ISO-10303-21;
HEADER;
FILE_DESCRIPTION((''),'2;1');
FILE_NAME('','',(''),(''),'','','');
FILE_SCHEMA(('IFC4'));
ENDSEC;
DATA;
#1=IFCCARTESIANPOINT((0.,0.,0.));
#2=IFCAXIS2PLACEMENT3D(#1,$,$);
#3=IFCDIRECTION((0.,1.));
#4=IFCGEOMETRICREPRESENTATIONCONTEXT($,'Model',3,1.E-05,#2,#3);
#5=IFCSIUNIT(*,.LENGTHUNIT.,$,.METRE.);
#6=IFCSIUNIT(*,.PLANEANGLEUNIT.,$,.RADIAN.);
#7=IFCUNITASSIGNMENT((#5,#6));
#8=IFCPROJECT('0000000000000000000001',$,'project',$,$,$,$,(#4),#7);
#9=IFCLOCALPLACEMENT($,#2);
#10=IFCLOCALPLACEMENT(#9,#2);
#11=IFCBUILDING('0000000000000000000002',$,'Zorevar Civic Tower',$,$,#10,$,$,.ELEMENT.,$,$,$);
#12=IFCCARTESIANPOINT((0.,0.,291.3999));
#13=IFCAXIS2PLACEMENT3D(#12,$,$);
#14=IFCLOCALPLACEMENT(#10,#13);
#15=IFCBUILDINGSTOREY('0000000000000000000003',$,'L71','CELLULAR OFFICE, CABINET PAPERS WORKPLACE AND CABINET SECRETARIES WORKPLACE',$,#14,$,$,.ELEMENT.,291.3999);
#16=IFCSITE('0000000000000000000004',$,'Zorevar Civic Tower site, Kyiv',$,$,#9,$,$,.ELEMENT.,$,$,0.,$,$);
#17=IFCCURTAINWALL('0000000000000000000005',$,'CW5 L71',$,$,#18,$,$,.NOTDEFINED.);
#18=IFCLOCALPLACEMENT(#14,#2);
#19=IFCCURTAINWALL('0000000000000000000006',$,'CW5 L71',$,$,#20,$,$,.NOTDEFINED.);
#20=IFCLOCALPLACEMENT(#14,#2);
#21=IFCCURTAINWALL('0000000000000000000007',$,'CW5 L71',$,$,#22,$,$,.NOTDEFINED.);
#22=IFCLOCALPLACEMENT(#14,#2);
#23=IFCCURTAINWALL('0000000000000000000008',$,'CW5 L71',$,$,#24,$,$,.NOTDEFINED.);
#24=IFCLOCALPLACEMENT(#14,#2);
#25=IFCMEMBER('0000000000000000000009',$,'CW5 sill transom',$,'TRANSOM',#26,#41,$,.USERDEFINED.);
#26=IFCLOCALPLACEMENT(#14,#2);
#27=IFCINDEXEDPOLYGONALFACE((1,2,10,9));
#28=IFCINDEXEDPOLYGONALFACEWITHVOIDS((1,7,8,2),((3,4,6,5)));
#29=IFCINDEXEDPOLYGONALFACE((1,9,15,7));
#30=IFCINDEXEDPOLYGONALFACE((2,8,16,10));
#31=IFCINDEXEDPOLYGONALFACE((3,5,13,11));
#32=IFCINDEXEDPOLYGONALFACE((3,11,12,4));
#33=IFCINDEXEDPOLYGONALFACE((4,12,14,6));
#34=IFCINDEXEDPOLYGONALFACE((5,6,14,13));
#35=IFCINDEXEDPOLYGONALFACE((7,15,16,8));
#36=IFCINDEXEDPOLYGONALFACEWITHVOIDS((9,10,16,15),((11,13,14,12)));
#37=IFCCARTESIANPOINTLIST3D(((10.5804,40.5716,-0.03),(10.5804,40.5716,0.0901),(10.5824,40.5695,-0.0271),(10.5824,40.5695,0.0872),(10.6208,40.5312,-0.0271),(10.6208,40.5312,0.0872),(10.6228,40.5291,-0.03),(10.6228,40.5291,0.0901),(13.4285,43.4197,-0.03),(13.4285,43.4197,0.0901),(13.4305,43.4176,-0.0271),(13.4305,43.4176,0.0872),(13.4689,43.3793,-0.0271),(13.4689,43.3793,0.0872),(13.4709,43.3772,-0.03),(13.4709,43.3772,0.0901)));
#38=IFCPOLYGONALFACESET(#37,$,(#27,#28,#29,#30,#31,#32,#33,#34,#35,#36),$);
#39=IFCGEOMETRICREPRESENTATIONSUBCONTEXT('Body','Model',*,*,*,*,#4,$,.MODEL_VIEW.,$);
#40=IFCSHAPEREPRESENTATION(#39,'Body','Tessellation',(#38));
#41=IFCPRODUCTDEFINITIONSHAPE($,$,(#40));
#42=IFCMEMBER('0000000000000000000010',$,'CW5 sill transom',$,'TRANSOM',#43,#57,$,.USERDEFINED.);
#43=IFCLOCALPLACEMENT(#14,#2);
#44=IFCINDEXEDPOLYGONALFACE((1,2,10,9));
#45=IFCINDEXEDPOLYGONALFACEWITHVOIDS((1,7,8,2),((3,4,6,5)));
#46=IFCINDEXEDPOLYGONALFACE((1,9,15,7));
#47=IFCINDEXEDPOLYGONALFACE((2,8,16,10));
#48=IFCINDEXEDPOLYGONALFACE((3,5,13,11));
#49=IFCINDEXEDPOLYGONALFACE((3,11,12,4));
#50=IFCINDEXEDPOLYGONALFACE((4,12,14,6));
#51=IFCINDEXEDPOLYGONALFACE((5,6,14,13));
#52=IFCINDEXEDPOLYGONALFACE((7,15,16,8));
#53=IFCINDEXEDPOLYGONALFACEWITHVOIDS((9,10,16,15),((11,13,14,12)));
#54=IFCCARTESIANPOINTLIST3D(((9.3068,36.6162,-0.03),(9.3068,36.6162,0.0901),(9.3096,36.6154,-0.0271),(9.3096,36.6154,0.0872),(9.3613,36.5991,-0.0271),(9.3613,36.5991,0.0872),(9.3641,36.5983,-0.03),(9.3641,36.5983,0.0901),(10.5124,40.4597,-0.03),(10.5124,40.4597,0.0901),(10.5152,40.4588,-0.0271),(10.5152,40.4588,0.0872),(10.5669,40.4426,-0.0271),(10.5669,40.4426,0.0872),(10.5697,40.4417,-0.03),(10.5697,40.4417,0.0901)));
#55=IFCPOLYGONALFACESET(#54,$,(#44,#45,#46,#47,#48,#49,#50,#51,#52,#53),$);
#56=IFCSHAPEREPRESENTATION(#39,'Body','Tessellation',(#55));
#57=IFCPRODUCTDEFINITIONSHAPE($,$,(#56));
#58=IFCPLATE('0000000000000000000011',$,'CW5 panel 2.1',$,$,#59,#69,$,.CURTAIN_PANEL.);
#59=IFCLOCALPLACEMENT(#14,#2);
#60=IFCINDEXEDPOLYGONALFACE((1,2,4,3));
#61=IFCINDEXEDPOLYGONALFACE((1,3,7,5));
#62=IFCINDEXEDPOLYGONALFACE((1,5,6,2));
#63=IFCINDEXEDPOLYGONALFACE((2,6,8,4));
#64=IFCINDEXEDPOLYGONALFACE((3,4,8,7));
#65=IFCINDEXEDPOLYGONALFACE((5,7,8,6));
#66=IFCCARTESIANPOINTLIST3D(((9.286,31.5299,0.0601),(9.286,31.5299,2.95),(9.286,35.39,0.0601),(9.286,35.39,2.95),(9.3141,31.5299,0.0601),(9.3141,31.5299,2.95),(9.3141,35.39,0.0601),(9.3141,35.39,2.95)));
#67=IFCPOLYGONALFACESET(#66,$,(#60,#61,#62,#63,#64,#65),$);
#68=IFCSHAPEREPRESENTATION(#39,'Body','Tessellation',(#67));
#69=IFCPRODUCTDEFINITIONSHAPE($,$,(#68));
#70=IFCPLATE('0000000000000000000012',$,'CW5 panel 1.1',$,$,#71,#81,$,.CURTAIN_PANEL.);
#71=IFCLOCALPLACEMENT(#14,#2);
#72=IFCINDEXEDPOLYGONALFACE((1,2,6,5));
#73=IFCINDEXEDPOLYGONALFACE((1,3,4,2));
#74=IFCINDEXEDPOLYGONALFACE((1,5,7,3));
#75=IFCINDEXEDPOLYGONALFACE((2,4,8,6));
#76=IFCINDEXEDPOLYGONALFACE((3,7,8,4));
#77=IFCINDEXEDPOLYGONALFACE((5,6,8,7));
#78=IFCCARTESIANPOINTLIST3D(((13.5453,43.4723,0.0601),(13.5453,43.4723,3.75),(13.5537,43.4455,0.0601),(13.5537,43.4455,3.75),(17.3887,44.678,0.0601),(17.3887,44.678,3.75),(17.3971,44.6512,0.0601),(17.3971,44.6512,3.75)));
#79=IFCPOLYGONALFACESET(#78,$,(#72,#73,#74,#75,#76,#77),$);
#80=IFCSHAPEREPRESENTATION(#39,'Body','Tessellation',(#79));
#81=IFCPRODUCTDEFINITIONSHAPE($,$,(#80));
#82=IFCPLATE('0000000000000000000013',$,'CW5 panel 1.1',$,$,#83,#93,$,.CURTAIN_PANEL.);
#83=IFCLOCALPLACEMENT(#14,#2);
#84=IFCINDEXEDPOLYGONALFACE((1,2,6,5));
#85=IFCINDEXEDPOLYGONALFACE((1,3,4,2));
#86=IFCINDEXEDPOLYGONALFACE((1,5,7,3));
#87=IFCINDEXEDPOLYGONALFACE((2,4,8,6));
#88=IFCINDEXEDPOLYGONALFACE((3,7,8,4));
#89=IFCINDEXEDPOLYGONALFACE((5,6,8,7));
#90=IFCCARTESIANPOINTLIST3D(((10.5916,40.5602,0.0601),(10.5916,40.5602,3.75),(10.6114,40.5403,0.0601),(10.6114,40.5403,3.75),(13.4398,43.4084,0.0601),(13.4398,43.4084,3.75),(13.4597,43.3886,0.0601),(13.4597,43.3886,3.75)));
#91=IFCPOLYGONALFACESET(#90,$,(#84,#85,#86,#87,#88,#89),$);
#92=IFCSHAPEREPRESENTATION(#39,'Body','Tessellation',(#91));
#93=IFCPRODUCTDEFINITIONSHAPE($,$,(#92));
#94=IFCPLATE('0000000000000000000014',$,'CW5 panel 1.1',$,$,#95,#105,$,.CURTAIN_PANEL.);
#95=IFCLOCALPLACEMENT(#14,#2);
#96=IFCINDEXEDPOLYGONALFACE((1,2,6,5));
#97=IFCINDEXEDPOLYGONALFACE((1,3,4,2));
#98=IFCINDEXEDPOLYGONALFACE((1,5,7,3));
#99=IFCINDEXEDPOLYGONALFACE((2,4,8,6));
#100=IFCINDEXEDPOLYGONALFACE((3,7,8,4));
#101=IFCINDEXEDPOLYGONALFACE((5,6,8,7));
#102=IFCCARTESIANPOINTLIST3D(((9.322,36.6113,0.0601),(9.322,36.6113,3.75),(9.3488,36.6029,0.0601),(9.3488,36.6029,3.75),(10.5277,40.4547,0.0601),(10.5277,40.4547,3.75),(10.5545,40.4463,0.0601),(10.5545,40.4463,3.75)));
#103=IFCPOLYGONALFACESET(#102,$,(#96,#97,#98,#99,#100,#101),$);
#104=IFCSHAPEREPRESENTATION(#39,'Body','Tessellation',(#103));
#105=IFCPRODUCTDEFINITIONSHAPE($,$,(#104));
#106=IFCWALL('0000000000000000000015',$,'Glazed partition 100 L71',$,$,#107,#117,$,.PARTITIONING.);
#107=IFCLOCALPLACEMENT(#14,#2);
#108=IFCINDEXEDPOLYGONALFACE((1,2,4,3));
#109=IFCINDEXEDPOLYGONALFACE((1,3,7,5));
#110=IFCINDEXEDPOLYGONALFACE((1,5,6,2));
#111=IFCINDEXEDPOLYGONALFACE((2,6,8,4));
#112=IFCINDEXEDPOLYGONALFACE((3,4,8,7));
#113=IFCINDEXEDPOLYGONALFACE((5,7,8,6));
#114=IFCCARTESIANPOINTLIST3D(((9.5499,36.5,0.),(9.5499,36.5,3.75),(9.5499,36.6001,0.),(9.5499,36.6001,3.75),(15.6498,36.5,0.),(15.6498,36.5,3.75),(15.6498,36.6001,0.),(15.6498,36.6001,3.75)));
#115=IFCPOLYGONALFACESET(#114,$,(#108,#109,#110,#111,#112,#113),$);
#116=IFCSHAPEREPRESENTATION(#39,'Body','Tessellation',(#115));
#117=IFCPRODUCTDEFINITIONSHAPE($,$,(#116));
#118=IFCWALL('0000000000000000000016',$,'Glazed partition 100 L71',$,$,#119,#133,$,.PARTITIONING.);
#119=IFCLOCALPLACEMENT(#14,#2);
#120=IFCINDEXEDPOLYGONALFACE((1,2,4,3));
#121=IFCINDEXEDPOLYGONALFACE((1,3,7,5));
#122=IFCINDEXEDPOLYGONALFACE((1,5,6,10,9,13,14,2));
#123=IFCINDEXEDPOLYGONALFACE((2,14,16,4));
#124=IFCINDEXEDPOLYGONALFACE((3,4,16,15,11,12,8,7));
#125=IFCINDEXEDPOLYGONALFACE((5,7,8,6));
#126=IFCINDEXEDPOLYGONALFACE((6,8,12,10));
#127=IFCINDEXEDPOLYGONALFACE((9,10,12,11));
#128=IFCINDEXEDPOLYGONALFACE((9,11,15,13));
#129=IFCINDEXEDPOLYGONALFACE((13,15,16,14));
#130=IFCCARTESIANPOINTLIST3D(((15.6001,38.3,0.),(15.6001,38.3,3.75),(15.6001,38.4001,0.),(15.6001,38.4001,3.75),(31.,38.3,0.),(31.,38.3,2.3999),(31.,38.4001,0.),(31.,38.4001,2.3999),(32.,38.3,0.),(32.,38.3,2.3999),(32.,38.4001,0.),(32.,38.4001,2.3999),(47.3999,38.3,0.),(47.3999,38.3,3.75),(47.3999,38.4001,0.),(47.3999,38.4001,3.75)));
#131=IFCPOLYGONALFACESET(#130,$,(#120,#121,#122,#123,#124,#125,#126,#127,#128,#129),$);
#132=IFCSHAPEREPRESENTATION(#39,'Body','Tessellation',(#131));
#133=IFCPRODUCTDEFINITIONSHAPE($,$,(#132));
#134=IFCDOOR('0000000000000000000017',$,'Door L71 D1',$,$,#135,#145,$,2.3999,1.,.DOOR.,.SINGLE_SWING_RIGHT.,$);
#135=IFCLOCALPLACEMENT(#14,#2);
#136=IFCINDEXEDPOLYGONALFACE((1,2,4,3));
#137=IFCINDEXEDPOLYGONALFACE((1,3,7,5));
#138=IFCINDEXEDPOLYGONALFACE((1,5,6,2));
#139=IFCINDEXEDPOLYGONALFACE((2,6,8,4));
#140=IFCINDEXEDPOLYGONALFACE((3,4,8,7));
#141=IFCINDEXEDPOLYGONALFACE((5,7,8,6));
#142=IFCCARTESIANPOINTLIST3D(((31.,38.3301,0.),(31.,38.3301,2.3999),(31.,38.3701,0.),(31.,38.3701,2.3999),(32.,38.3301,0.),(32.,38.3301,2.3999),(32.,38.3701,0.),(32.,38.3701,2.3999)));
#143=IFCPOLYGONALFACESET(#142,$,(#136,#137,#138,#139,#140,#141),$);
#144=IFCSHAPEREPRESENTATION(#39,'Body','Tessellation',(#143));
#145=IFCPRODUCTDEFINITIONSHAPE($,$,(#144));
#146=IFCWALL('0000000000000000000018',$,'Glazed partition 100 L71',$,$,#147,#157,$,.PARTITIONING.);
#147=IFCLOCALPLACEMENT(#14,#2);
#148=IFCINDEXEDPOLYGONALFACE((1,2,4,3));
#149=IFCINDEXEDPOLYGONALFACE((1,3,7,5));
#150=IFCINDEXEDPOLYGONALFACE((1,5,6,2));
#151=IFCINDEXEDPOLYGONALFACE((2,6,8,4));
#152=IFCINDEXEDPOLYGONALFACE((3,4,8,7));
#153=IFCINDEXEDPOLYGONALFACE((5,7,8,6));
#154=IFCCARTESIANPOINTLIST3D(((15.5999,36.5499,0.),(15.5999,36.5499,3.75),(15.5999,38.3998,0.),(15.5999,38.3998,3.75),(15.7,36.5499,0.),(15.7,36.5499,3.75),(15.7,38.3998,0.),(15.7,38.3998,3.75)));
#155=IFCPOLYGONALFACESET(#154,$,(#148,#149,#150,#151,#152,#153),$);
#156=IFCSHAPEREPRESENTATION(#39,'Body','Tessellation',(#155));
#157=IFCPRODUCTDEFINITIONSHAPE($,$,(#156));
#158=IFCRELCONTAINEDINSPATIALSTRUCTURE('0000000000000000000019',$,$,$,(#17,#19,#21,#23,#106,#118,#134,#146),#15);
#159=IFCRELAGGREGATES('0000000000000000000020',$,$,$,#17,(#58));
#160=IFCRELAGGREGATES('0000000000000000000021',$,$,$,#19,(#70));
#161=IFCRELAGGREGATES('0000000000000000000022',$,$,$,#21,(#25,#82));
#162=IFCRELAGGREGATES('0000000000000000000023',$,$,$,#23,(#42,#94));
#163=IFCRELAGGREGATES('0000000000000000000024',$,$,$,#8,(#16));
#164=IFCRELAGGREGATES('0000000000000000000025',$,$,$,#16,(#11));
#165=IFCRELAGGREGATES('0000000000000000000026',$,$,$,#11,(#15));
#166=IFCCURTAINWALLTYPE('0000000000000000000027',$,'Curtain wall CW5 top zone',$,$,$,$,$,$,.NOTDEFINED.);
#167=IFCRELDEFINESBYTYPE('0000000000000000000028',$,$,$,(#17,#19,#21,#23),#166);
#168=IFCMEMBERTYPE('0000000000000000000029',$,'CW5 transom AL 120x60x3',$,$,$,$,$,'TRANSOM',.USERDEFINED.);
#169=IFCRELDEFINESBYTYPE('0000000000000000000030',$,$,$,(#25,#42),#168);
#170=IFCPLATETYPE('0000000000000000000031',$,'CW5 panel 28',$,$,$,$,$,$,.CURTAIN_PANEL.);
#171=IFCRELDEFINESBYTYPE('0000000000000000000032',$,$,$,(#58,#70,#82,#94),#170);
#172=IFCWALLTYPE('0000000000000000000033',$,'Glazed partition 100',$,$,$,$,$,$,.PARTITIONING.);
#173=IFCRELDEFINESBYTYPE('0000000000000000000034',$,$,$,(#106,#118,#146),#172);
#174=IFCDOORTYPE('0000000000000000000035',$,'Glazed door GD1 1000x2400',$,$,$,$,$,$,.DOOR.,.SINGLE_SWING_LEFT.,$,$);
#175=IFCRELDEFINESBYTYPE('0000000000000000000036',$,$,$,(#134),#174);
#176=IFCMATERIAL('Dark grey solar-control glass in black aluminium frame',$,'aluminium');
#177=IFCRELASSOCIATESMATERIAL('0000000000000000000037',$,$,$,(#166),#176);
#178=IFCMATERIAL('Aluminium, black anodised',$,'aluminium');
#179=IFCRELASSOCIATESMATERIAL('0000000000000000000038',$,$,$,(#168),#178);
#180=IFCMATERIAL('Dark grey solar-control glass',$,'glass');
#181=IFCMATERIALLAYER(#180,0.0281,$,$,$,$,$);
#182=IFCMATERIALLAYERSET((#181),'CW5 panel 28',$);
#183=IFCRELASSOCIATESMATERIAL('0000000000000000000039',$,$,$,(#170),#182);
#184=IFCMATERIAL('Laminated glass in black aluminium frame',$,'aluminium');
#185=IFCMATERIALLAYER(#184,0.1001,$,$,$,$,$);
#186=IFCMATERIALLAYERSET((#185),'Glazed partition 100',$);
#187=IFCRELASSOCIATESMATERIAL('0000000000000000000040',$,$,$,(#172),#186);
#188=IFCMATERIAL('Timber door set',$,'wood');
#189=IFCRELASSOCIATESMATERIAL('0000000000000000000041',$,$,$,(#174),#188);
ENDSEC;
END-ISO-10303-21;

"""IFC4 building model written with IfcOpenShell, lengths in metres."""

from ifc_helpers import new_model, si_unit, direction, frame, frame_2d, origin, origin_2d, place, context, subcontext, project, spatial, rectangle, hollow_rectangle, extrude, material, layer, layer_set, material_profile, profile_set, type_object, element, fill, aggregate, save


model = new_model("IFC4")

# Units and contexts
model_context = context("Model", 3, precision=1e-05, world=origin(), true_north=direction((0.0, 1.0)))
body_context = subcontext(model_context, "Body", "Model", "MODEL_VIEW")
ifc_project = project(units=[si_unit("LENGTHUNIT", "METRE"), si_unit("PLANEANGLEUNIT", "RADIAN")], contexts=[model_context])

# Site, building, storey
site_placement = place(None, origin())
site = spatial("IfcSite", under=ifc_project, at=site_placement, Name="Zorevar Civic Tower site, Kyiv", CompositionType="ELEMENT", RefElevation=0.0)
building_placement = place(site_placement, origin())
building = spatial("IfcBuilding", under=site, at=building_placement, Name="Zorevar Civic Tower", CompositionType="ELEMENT")
storey_placement = place(building_placement, frame((0.0, 0.0, 291.3999)))
storey = spatial("IfcBuildingStorey", under=building, at=storey_placement, Name="L71", Description="CELLULAR OFFICE, CABINET PAPERS WORKPLACE AND CABINET SECRETARIES WORKPLACE", CompositionType="ELEMENT", Elevation=291.3999)

# Curtain wall
ifc_material_1 = material(Name="Dark grey solar-control glass in black aluminium frame", Category="aluminium")
curtain_wall_type = type_object("IfcCurtainWallType", Name="Curtain wall CW5 top zone", PredefinedType="NOTDEFINED", material=ifc_material_1)
curtain_wall_1_placement = place(storey_placement, origin())
curtain_wall_1 = element("IfcCurtainWall", 1, at=curtain_wall_1_placement, inside=storey, type_object=curtain_wall_type, Name="CW5 L71", PredefinedType="NOTDEFINED")

# Curtain wall
curtain_wall_2_placement = place(storey_placement, origin())
curtain_wall_2 = element("IfcCurtainWall", 2, at=curtain_wall_2_placement, inside=storey, type_object=curtain_wall_type, Name="CW5 L71", PredefinedType="NOTDEFINED")

# Curtain walls
curtain_wall_3_placement = place(storey_placement, origin())
curtain_wall_3 = element("IfcCurtainWall", 3, at=curtain_wall_3_placement, inside=storey, type_object=curtain_wall_type, Name="CW5 L71", PredefinedType="NOTDEFINED")
curtain_wall_4_placement = place(storey_placement, origin())
curtain_wall_4 = element("IfcCurtainWall", 4, at=curtain_wall_4_placement, inside=storey, type_object=curtain_wall_type, Name="CW5 L71", PredefinedType="NOTDEFINED")

# Members
ifc_material_2 = material(Name="Aluminium, black anodised", Category="aluminium")
ifc_material_profile_1 = material_profile(ifc_material_2, hollow_rectangle(XDim=0.0601, YDim=0.1201, WallThickness=0.0029, at=origin_2d()), Name="AL 120x60x3")
ifc_profile_set_1 = profile_set([ifc_material_profile_1], Name="Aluminium, black anodised")
member_type_1 = type_object("IfcMemberType", Name="CW5 transom AL 120x60x3", ElementType="TRANSOM", PredefinedType="USERDEFINED", material=ifc_profile_set_1)
member_1_placement = place(storey_placement, frame((13.4497, 43.3984, 0.03), z_axis=(-0.707107, -0.707107, 0.0), x_axis=(0.707107, -0.707107, 0.0)))
member_1 = element("IfcMember", 5, at=member_1_placement, type_object=member_type_1, Name="CW5 sill transom", ObjectType="TRANSOM", PredefinedType="USERDEFINED", context=body_context, shape_type="SweptSolid", body=[
    extrude(hollow_rectangle(XDim=0.0601, YDim=0.1201, WallThickness=0.0029, at=origin_2d()), origin(), (0.0, 0.0, 1.0), 4.0278),
])
member_2_placement = place(storey_placement, frame((10.541, 40.4507, 0.03), z_axis=(-0.299286, -0.954163, 0.0), x_axis=(0.954163, -0.299286, 0.0)))
member_2 = element("IfcMember", 6, at=member_2_placement, type_object=member_type_1, Name="CW5 sill transom", ObjectType="TRANSOM", PredefinedType="USERDEFINED", context=body_context, shape_type="SweptSolid", body=[
    extrude(hollow_rectangle(XDim=0.0601, YDim=0.1201, WallThickness=0.0029, at=origin_2d()), origin(), (0.0, 0.0, 1.0), 4.0281),
])

# Plates
ifc_material_3 = material(Name="Dark grey solar-control glass", Category="glass")
ifc_layer_1 = layer(ifc_material_3, 0.0281)
ifc_layer_set_1 = layer_set([ifc_layer_1], Name="CW5 panel 28")
plate_type = type_object("IfcPlateType", Name="CW5 panel 28", PredefinedType="CURTAIN_PANEL", material=ifc_layer_set_1)
plate_1_placement = place(storey_placement, frame((9.3, 33.46, 0.0601), z_axis=(0.0, 0.0, 1.0), x_axis=(0.0, 1.0, 0.0)))
plate_1 = element("IfcPlate", 7, at=plate_1_placement, type_object=plate_type, Name="CW5 panel 2.1", PredefinedType="CURTAIN_PANEL", context=body_context, shape_type="SweptSolid", body=[
    extrude(rectangle(XDim=3.8601, YDim=0.0281, at=origin_2d()), origin(), (0.0, 0.0, 1.0), 2.8899),
])
aggregate(curtain_wall_1, [plate_1])
plate_2_placement = place(storey_placement, frame((15.4712, 44.0618, 0.0601), z_axis=(0.0, 0.0, 1.0), x_axis=(-0.954153, -0.299318, 0.0)))
plate_2 = element("IfcPlate", 8, at=plate_2_placement, type_object=plate_type, Name="CW5 panel 1.1", PredefinedType="CURTAIN_PANEL", context=body_context, shape_type="SweptSolid", body=[
    extrude(rectangle(XDim=4.0281, YDim=0.0281, at=origin_2d()), origin(), (0.0, 0.0, 1.0), 3.6899),
])
aggregate(curtain_wall_2, [plate_2])
plate_3_placement = place(storey_placement, frame((12.0256, 41.9744, 0.0601), z_axis=(0.0, 0.0, 1.0), x_axis=(-0.707107, -0.707107, 0.0)))
plate_3 = element("IfcPlate", 9, at=plate_3_placement, type_object=plate_type, Name="CW5 panel 1.1", PredefinedType="CURTAIN_PANEL", context=body_context, shape_type="SweptSolid", body=[
    extrude(rectangle(XDim=4.0281, YDim=0.0281, at=origin_2d()), origin(), (0.0, 0.0, 1.0), 3.6899),
])
aggregate(curtain_wall_3, [member_1, plate_3])
plate_4_placement = place(storey_placement, frame((9.9382, 38.5288, 0.0601), z_axis=(0.0, 0.0, 1.0), x_axis=(-0.299318, -0.954153, 0.0)))
plate_4 = element("IfcPlate", 10, at=plate_4_placement, type_object=plate_type, Name="CW5 panel 1.1", PredefinedType="CURTAIN_PANEL", context=body_context, shape_type="SweptSolid", body=[
    extrude(rectangle(XDim=4.0281, YDim=0.0281, at=origin_2d()), origin(), (0.0, 0.0, 1.0), 3.6899),
])
aggregate(curtain_wall_4, [member_2, plate_4])

# Wall
ifc_material_4 = material(Name="Laminated glass in black aluminium frame", Category="aluminium")
ifc_layer_2 = layer(ifc_material_4, 0.1001)
ifc_layer_set_2 = layer_set([ifc_layer_2], Name="Glazed partition 100")
wall_type = type_object("IfcWallType", Name="Glazed partition 100", PredefinedType="PARTITIONING", material=ifc_layer_set_2)
wall_1_placement = place(storey_placement, frame((9.55, 36.55, 0.0), z_axis=(0.0, 0.0, 1.0), x_axis=(1.0, 0.0, 0.0)))
element("IfcWall", 11, at=wall_1_placement, inside=storey, type_object=wall_type, Name="Glazed partition 100 L71", PredefinedType="PARTITIONING", context=body_context, shape_type="SweptSolid", body=[
    extrude(rectangle(XDim=6.0999, YDim=0.1001, at=frame_2d((3.0498, 0.0))), origin(), (0.0, 0.0, 1.0), 3.75),
])

# Wall, opening, door
wall_2_placement = place(storey_placement, frame((15.6001, 38.3501, 0.0), z_axis=(0.0, 0.0, 1.0), x_axis=(1.0, 0.0, 0.0)))
wall_2 = element("IfcWall", 12, at=wall_2_placement, inside=storey, type_object=wall_type, Name="Glazed partition 100 L71", PredefinedType="PARTITIONING", context=body_context, shape_type="SweptSolid", body=[
    extrude(rectangle(XDim=31.7998, YDim=0.1001, at=frame_2d((15.8999, 0.0))), origin(), (0.0, 0.0, 1.0), 3.75),
])
opening_placement = place(wall_2_placement, frame((15.3999, 0.0, 0.0)))
opening = element("IfcOpeningElement", 13, at=opening_placement, cuts=wall_2, PredefinedType="OPENING", context=body_context, shape_type="SweptSolid", body=[
    extrude(rectangle(XDim=1.0, YDim=2.3999, at=frame_2d((0.5, 1.2))), frame((0.0, 0.0601, 0.0), z_axis=(0.0, -1.0, 0.0), x_axis=(1.0, 0.0, 0.0)), (0.0, 0.0, 1.0), 0.1201),
])
ifc_material_5 = material(Name="Timber door set", Category="wood")
door_type = type_object("IfcDoorType", Name="Glazed door GD1 1000x2400", OperationType="SINGLE_SWING_LEFT", PredefinedType="DOOR", material=ifc_material_5)
door_placement = place(opening_placement, origin())
door = element("IfcDoor", 14, at=door_placement, inside=storey, type_object=door_type, Name="Door L71 D1", OperationType="SINGLE_SWING_RIGHT", OverallHeight=2.3999, OverallWidth=1.0, PredefinedType="DOOR", context=body_context, shape_type="SweptSolid", body=[
    extrude(rectangle(XDim=1.0, YDim=2.3999, at=frame_2d((0.5, 1.2))), frame((0.0, 0.02, 0.0), z_axis=(0.0, -1.0, 0.0), x_axis=(1.0, 0.0, 0.0)), (0.0, 0.0, 1.0), 0.04),
])
fill(opening, door)

# Wall
wall_3_placement = place(storey_placement, frame((15.6499, 36.55, 0.0), z_axis=(0.0, 0.0, 1.0), x_axis=(0.0, 1.0, 0.0)))
element("IfcWall", 15, at=wall_3_placement, inside=storey, type_object=wall_type, Name="Glazed partition 100 L71", PredefinedType="PARTITIONING", context=body_context, shape_type="SweptSolid", body=[
    extrude(rectangle(XDim=1.8499, YDim=0.1001, at=frame_2d((0.9248, 0.0))), origin(), (0.0, 0.0, 1.0), 3.75),
])

save(model, "model.ifc")
